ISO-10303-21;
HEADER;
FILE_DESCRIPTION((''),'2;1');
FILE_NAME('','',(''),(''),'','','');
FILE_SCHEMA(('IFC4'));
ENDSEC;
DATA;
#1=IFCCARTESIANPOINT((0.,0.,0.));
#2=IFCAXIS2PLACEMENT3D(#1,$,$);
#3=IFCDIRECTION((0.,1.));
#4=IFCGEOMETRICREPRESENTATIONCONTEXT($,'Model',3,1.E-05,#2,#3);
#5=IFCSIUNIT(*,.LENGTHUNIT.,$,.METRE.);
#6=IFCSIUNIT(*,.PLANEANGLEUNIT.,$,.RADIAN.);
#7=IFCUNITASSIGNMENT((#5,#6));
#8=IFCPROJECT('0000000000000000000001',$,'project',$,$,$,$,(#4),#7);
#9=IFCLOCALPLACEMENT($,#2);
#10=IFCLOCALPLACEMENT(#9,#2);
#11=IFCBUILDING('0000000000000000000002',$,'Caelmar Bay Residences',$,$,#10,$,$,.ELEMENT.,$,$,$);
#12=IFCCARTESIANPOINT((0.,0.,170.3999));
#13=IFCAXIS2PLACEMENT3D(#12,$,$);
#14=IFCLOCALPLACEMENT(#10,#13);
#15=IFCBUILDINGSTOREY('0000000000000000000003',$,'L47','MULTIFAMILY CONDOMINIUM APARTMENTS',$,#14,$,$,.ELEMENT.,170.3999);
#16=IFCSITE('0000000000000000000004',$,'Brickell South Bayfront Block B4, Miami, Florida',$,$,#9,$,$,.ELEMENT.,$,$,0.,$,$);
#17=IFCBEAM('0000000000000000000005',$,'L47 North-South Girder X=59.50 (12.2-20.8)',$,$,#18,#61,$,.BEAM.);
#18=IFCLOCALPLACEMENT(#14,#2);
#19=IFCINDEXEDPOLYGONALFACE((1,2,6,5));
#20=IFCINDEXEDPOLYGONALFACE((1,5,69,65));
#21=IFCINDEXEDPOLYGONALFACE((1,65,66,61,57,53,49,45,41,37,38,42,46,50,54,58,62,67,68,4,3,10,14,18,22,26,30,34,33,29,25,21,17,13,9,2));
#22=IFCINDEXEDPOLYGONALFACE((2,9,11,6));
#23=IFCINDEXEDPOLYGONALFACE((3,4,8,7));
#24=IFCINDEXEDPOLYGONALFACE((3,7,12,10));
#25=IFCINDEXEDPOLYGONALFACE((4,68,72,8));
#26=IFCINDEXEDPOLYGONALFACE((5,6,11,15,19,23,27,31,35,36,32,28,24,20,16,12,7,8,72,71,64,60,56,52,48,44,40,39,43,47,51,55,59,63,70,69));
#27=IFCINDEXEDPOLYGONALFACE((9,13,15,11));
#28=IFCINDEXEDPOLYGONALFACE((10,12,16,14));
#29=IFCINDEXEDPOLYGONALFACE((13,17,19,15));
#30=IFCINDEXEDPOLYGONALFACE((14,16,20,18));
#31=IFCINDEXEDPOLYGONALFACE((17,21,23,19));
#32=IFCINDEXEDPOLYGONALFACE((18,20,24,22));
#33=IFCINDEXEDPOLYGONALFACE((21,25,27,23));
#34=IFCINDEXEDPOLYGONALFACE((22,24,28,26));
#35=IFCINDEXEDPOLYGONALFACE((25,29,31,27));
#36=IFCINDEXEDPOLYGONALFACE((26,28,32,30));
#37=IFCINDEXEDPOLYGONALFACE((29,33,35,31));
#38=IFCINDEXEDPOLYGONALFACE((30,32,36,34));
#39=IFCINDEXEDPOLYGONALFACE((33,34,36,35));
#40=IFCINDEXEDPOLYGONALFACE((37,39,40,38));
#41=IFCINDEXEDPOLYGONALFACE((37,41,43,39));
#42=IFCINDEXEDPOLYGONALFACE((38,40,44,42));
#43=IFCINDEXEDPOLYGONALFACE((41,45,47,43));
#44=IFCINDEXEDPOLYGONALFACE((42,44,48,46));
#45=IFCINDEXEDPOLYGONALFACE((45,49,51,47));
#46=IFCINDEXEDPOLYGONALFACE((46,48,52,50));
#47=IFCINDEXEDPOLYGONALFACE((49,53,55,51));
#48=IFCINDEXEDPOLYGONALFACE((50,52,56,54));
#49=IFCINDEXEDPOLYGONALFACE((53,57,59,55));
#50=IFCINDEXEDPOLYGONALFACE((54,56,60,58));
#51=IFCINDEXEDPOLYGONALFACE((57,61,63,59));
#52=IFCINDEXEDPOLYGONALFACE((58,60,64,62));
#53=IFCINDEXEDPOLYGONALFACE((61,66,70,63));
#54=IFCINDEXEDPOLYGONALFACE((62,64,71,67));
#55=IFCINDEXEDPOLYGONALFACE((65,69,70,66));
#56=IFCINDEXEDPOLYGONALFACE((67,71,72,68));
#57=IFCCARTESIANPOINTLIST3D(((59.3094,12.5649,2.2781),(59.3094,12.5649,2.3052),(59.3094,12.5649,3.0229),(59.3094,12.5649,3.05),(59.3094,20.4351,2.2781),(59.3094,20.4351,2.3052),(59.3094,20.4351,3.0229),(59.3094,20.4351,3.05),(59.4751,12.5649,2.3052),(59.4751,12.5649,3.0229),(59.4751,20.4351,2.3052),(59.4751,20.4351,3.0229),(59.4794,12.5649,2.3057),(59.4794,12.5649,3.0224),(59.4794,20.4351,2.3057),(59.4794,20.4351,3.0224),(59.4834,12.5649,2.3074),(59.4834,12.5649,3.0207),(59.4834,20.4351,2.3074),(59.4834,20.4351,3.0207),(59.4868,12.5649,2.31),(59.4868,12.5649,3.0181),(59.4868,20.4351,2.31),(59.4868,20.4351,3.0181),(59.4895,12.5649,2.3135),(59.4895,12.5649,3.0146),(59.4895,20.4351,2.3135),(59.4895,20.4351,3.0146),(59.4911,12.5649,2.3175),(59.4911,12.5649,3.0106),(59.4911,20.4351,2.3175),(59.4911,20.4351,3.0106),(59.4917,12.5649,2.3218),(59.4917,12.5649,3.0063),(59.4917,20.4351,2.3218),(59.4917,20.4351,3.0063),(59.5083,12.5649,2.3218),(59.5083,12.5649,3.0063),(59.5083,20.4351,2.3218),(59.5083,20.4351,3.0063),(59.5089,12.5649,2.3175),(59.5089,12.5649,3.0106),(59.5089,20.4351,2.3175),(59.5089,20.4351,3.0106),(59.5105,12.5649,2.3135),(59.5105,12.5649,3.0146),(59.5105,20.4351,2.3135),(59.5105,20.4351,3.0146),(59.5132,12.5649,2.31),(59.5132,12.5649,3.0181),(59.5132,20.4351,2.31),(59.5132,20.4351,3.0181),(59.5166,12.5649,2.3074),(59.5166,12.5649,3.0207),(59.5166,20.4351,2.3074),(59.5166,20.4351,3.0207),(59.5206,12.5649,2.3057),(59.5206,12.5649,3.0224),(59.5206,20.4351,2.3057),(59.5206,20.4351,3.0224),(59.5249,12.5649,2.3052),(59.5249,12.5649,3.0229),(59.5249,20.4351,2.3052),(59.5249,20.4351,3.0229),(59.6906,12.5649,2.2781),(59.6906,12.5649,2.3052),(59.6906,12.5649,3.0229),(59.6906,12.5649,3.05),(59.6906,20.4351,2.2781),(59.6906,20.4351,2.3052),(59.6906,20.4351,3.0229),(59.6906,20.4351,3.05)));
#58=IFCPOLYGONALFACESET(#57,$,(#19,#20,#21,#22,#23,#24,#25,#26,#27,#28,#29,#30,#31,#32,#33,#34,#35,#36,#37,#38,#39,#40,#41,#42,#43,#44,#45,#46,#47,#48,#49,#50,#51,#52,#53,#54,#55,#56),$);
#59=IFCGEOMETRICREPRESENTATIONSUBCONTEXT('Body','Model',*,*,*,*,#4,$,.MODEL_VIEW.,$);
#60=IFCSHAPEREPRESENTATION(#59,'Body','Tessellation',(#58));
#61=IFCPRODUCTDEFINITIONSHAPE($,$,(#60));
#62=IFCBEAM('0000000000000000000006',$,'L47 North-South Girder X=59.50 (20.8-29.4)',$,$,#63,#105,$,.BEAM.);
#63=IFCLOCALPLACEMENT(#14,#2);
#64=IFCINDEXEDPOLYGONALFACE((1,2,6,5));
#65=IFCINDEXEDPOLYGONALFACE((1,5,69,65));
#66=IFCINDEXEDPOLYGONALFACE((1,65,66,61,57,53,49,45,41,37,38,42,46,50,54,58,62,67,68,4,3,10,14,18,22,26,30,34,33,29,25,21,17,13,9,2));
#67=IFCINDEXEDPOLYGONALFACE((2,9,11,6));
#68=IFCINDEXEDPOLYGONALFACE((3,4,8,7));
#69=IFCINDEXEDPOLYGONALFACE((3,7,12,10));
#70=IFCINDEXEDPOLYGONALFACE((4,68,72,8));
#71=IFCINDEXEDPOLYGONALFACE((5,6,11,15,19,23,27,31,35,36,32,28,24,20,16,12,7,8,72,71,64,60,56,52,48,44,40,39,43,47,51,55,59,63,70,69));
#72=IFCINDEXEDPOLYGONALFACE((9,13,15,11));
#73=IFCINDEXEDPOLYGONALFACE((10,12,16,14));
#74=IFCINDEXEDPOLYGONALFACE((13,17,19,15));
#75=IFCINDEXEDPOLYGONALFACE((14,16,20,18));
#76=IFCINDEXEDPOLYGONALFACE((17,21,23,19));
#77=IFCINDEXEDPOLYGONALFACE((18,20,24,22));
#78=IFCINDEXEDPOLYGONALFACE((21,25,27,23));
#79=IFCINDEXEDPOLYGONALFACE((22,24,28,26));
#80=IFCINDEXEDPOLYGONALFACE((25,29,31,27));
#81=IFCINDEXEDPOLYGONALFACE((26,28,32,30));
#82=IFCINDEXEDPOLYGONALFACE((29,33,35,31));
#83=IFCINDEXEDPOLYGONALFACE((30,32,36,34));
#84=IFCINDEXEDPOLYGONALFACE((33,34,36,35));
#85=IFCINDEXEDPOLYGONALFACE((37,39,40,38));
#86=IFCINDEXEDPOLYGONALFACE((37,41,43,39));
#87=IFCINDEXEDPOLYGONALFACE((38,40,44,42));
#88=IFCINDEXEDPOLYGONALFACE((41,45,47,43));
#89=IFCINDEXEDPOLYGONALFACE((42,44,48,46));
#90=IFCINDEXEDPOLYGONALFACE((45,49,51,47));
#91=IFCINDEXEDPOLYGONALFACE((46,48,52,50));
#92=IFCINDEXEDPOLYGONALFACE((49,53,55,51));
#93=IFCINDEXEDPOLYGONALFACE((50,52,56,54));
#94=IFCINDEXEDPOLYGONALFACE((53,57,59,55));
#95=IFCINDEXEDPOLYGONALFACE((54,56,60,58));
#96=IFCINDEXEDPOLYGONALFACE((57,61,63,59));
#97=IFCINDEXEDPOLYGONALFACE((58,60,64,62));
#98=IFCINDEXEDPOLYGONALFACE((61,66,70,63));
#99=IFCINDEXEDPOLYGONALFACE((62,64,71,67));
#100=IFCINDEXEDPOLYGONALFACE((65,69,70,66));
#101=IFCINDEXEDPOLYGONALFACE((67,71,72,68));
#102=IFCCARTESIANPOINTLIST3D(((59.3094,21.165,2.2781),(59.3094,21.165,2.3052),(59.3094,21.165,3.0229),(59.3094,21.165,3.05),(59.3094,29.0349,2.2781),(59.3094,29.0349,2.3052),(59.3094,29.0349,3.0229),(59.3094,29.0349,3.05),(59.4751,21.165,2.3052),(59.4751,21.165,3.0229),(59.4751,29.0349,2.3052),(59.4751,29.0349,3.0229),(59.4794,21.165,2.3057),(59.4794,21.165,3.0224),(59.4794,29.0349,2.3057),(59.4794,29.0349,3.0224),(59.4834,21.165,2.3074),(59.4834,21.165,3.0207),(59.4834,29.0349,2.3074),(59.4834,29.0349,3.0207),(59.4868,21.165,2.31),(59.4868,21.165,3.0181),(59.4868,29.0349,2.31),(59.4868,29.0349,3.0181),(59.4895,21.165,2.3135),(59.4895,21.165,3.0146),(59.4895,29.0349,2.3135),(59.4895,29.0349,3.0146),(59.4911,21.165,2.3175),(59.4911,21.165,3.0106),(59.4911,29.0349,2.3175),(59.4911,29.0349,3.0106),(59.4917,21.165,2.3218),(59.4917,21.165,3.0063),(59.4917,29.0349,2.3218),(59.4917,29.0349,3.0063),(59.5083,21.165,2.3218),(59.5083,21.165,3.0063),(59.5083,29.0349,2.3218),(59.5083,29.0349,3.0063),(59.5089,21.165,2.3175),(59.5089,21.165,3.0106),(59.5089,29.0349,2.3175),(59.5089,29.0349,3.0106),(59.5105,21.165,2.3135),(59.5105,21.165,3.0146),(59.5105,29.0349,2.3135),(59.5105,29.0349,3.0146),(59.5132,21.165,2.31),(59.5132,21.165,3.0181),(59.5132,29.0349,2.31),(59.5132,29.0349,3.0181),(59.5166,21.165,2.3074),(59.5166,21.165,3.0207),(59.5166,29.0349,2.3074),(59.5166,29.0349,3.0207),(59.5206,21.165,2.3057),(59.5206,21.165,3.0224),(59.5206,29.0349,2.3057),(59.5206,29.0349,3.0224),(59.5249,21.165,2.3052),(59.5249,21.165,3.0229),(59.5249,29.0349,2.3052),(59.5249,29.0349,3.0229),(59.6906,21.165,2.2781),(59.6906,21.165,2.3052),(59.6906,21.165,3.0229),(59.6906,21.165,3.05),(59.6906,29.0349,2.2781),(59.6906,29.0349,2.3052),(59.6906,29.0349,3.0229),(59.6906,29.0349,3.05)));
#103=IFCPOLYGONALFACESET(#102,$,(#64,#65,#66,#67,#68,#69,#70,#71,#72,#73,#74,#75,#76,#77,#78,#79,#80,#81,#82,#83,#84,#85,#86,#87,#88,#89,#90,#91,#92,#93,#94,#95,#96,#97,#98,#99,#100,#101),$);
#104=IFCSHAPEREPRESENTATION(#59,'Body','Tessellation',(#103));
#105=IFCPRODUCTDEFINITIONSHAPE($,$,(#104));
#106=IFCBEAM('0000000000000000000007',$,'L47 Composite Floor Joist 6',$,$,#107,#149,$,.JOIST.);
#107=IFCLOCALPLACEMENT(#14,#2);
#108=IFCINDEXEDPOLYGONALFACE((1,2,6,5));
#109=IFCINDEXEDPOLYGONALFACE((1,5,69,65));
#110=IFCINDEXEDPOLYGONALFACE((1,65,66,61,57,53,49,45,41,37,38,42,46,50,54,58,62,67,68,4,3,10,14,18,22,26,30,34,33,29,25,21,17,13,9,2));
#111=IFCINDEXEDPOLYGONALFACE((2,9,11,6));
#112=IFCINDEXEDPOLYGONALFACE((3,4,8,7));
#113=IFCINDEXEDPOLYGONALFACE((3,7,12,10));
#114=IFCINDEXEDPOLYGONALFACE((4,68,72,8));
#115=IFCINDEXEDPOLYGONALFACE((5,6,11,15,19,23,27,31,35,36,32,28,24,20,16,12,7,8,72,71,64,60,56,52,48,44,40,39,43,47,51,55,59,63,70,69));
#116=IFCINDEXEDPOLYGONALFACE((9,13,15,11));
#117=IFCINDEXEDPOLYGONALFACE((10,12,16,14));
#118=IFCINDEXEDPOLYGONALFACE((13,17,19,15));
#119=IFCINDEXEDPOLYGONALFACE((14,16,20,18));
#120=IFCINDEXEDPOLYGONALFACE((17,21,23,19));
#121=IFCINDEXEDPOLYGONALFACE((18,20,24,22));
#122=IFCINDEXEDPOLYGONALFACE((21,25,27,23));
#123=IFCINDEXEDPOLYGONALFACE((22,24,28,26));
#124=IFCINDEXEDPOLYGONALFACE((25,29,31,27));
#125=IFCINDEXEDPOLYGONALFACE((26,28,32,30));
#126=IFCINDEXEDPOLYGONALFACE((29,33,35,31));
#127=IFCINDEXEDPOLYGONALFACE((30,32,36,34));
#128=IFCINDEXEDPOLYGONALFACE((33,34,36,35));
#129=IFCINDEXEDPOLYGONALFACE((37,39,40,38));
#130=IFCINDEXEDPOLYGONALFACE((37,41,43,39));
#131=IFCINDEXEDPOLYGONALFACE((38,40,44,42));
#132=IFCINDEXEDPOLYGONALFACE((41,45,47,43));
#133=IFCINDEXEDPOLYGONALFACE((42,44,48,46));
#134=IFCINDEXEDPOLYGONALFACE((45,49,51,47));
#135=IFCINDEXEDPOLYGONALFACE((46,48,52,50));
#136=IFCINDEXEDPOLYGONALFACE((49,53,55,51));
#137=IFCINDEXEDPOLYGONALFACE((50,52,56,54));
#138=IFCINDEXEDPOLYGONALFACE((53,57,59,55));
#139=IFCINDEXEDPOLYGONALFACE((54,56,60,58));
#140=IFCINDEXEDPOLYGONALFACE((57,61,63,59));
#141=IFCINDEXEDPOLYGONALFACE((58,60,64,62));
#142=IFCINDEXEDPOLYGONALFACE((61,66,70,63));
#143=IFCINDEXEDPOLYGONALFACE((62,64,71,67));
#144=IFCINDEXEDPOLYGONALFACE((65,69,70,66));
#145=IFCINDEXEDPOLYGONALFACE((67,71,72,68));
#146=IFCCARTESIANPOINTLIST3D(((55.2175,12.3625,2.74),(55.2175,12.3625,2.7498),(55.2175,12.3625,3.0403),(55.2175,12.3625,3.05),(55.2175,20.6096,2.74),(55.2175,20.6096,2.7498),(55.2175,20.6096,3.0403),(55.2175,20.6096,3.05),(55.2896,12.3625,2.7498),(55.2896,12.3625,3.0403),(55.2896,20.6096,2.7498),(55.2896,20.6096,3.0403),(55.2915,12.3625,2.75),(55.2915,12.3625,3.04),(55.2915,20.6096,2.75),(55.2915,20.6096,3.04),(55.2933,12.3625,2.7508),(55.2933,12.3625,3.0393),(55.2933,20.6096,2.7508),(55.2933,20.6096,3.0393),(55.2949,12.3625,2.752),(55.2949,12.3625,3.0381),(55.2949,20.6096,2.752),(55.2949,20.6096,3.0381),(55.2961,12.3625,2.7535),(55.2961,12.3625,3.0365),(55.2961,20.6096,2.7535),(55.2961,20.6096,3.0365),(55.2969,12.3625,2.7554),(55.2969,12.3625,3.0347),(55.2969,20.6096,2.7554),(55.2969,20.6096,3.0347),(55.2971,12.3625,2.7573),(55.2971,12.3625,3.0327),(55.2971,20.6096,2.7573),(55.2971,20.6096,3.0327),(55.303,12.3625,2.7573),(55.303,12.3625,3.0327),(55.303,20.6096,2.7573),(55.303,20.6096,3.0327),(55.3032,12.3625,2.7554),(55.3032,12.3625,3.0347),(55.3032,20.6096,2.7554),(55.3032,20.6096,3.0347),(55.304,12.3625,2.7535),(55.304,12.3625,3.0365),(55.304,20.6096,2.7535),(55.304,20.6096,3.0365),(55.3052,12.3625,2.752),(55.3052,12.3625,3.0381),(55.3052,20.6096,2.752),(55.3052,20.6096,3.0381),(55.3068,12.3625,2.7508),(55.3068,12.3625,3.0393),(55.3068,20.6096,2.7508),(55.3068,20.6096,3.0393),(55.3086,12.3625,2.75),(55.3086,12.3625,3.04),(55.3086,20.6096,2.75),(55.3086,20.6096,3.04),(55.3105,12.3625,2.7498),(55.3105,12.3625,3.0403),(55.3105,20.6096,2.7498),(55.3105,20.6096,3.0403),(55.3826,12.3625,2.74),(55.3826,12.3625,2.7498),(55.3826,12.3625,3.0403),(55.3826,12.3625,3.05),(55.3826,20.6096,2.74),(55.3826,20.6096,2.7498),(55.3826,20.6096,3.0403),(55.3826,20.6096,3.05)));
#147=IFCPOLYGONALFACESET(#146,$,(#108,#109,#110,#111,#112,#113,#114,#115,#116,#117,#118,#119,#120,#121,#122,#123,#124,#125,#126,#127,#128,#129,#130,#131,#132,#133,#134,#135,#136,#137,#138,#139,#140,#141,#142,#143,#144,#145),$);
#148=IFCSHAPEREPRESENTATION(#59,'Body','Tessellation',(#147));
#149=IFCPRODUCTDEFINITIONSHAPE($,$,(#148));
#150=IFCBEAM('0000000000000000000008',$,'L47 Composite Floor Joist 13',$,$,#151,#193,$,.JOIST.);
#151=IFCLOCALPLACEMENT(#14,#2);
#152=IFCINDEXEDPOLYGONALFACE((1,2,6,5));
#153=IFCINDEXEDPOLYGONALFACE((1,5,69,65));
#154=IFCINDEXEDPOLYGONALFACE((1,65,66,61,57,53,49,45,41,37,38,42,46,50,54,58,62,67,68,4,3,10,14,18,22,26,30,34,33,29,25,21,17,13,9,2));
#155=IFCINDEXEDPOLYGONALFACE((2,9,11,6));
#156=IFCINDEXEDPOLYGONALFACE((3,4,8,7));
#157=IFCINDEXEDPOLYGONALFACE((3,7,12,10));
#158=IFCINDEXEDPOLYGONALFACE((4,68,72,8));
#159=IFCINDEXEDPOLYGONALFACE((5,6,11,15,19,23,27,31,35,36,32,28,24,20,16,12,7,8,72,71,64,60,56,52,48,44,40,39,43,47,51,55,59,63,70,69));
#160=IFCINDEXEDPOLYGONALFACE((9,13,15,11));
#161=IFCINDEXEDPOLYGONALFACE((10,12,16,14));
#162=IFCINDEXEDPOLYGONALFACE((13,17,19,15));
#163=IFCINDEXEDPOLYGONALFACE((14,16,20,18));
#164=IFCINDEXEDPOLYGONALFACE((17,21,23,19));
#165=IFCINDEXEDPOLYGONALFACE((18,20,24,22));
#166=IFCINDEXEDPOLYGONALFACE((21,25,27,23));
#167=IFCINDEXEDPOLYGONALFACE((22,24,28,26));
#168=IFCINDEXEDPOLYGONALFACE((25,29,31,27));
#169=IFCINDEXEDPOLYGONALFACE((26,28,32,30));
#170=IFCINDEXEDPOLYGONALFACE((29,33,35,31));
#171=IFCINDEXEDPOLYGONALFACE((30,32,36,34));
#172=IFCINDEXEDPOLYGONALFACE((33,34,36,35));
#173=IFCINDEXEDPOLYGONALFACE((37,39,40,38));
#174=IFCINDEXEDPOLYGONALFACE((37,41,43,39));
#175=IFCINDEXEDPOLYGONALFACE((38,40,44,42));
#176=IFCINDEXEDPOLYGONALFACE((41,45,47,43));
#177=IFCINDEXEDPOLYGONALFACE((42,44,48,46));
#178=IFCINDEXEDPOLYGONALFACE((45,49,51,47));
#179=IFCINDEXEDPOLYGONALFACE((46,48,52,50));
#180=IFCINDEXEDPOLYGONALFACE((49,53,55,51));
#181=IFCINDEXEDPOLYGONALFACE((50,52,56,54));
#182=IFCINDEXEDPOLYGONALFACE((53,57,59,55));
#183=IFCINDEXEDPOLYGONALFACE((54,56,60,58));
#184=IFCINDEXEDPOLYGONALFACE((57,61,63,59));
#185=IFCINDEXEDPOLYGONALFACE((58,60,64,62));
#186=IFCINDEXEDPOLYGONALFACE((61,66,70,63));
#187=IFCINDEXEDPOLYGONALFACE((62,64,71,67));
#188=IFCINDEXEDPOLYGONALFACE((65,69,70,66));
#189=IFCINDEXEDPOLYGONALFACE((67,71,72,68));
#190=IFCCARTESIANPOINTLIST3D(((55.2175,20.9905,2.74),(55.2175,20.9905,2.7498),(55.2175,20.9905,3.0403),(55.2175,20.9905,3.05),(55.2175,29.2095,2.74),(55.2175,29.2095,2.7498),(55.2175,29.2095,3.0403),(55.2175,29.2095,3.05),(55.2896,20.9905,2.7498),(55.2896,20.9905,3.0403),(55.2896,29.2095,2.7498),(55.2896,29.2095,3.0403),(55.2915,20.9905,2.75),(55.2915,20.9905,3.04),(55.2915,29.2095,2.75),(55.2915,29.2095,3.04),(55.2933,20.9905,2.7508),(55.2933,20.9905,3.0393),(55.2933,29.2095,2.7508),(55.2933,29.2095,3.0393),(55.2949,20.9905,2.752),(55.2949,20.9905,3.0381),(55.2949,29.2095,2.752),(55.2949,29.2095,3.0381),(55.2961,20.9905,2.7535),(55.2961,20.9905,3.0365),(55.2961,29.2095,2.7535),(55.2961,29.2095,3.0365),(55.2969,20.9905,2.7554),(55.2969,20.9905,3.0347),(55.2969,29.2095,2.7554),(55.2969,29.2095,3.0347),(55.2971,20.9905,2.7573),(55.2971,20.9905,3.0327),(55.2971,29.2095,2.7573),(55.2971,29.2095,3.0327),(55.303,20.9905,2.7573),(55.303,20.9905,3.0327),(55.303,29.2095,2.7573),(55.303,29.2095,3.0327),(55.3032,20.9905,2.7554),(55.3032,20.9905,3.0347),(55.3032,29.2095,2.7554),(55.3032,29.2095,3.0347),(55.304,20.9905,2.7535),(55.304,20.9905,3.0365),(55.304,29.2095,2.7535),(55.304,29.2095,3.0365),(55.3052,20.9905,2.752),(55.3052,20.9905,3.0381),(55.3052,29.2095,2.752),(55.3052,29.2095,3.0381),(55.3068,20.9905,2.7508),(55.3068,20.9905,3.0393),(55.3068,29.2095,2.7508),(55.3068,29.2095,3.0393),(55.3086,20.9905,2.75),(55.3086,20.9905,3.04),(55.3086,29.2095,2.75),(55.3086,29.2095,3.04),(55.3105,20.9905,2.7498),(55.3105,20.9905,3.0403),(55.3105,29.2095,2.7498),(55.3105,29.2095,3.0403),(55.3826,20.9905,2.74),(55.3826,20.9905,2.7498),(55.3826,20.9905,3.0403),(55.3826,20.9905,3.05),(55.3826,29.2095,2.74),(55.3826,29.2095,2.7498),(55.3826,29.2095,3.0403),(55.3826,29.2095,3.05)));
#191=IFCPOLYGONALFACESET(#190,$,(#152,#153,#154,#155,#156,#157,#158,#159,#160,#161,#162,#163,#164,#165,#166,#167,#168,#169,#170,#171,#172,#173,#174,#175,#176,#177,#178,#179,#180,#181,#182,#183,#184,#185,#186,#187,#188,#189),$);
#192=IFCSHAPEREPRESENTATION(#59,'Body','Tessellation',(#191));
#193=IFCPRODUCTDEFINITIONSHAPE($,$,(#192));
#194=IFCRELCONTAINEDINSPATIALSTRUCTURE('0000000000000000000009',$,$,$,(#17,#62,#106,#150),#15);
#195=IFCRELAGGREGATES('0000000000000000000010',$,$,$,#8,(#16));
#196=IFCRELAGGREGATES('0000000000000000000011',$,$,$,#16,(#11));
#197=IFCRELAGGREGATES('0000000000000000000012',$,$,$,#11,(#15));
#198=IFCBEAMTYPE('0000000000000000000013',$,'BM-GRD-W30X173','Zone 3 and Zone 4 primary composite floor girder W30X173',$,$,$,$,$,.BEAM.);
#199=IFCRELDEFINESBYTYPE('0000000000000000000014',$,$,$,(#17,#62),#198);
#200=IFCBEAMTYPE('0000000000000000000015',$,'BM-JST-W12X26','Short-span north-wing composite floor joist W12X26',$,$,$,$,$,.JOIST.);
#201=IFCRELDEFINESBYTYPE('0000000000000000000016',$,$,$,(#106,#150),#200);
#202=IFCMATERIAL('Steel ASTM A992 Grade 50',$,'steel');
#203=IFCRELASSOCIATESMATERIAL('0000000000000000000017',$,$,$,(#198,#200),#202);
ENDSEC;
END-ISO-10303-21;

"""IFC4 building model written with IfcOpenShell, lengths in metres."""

from ifc_helpers import new_model, si_unit, direction, frame, origin, origin_2d, place, context, subcontext, project, spatial, i_section, extrude, material, material_profile, profile_set, type_object, element, save


model = new_model("IFC4")

# Units and contexts
model_context = context("Model", 3, precision=1e-05, world=origin(), true_north=direction((0.0, 1.0)))
body_context = subcontext(model_context, "Body", "Model", "MODEL_VIEW")
ifc_project = project(units=[si_unit("LENGTHUNIT", "METRE"), si_unit("PLANEANGLEUNIT", "RADIAN")], contexts=[model_context])

# Site, building, storey
site_placement = place(None, origin())
site = spatial("IfcSite", under=ifc_project, at=site_placement, Name="Brickell South Bayfront Block B4, Miami, Florida", CompositionType="ELEMENT", RefElevation=0.0)
building_placement = place(site_placement, origin())
building = spatial("IfcBuilding", under=site, at=building_placement, Name="Caelmar Bay Residences", CompositionType="ELEMENT")
storey_placement = place(building_placement, frame((0.0, 0.0, 170.3999)))
storey = spatial("IfcBuildingStorey", under=building, at=storey_placement, Name="L47", Description="MULTIFAMILY CONDOMINIUM APARTMENTS", CompositionType="ELEMENT", Elevation=170.3999)

# Beams
ifc_material_1 = material(Name="Steel ASTM A992 Grade 50", Category="steel")
ifc_material_profile_1 = material_profile(ifc_material_1, i_section(OverallWidth=0.3811, OverallDepth=0.772, WebThickness=0.0166, FlangeThickness=0.0271, FilletRadius=0.0166, at=origin_2d()), Name="W30X173")
ifc_profile_set_1 = profile_set([ifc_material_profile_1], Name="Steel ASTM A992 Grade 50")
beam_type_1 = type_object("IfcBeamType", Name="BM-GRD-W30X173", Description="Zone 3 and Zone 4 primary composite floor girder W30X173", PredefinedType="BEAM", material=ifc_profile_set_1)
for number, where, z_axis, x_axis, name in (
    (1, (59.5, 12.5649, 2.6641), (0.0, 1.0, 0.0), (-1.0, 0.0, 0.0), "L47 North-South Girder X=59.50 (12.2-20.8)"),
):
    element("IfcBeam", number, at=place(storey_placement, frame(where, z_axis=z_axis, x_axis=x_axis)), inside=storey, type_object=beam_type_1, Name=name, PredefinedType="BEAM", context=body_context, shape_type="SweptSolid", body=[
        extrude(i_section(OverallWidth=0.3811, OverallDepth=0.772, WebThickness=0.0166, FlangeThickness=0.0271, FilletRadius=0.0166, at=origin_2d()), origin(), (0.0, 0.0, 1.0), 7.8701),
    ])
beam_1_placement = place(storey_placement, frame((59.5, 21.165, 2.6641), z_axis=(0.0, 1.0, 0.0), x_axis=(-1.0, 0.0, 0.0)))
element("IfcBeam", 2, at=beam_1_placement, inside=storey, type_object=beam_type_1, Name="L47 North-South Girder X=59.50 (20.8-29.4)", PredefinedType="BEAM", context=body_context, shape_type="SweptSolid", body=[
    extrude(i_section(OverallWidth=0.3811, OverallDepth=0.772, WebThickness=0.0166, FlangeThickness=0.0271, FilletRadius=0.0166, at=origin_2d()), origin(), (0.0, 0.0, 1.0), 7.8699),
])
ifc_material_profile_2 = material_profile(ifc_material_1, i_section(OverallWidth=0.165, OverallDepth=0.3101, WebThickness=0.0059, FlangeThickness=0.0098, FilletRadius=0.0076, at=origin_2d()), Name="W12X26")
ifc_profile_set_2 = profile_set([ifc_material_profile_2], Name="Steel ASTM A992 Grade 50")
beam_type_2 = type_object("IfcBeamType", Name="BM-JST-W12X26", Description="Short-span north-wing composite floor joist W12X26", PredefinedType="JOIST", material=ifc_profile_set_2)
beam_2_placement = place(storey_placement, frame((55.3, 12.3625, 2.895), z_axis=(0.0, 1.0, 0.0), x_axis=(-1.0, 0.0, 0.0)))
element("IfcBeam", 3, at=beam_2_placement, inside=storey, type_object=beam_type_2, Name="L47 Composite Floor Joist 6", PredefinedType="JOIST", context=body_context, shape_type="SweptSolid", body=[
    extrude(i_section(OverallWidth=0.165, OverallDepth=0.3101, WebThickness=0.0059, FlangeThickness=0.0098, FilletRadius=0.0076, at=origin_2d()), origin(), (0.0, 0.0, 1.0), 8.2471),
])
beam_3_placement = place(storey_placement, frame((55.3, 20.9905, 2.895), z_axis=(0.0, 1.0, 0.0), x_axis=(-1.0, 0.0, 0.0)))
element("IfcBeam", 4, at=beam_3_placement, inside=storey, type_object=beam_type_2, Name="L47 Composite Floor Joist 13", PredefinedType="JOIST", context=body_context, shape_type="SweptSolid", body=[
    extrude(i_section(OverallWidth=0.165, OverallDepth=0.3101, WebThickness=0.0059, FlangeThickness=0.0098, FilletRadius=0.0076, at=origin_2d()), origin(), (0.0, 0.0, 1.0), 8.219),
])

save(model, "model.ifc")
